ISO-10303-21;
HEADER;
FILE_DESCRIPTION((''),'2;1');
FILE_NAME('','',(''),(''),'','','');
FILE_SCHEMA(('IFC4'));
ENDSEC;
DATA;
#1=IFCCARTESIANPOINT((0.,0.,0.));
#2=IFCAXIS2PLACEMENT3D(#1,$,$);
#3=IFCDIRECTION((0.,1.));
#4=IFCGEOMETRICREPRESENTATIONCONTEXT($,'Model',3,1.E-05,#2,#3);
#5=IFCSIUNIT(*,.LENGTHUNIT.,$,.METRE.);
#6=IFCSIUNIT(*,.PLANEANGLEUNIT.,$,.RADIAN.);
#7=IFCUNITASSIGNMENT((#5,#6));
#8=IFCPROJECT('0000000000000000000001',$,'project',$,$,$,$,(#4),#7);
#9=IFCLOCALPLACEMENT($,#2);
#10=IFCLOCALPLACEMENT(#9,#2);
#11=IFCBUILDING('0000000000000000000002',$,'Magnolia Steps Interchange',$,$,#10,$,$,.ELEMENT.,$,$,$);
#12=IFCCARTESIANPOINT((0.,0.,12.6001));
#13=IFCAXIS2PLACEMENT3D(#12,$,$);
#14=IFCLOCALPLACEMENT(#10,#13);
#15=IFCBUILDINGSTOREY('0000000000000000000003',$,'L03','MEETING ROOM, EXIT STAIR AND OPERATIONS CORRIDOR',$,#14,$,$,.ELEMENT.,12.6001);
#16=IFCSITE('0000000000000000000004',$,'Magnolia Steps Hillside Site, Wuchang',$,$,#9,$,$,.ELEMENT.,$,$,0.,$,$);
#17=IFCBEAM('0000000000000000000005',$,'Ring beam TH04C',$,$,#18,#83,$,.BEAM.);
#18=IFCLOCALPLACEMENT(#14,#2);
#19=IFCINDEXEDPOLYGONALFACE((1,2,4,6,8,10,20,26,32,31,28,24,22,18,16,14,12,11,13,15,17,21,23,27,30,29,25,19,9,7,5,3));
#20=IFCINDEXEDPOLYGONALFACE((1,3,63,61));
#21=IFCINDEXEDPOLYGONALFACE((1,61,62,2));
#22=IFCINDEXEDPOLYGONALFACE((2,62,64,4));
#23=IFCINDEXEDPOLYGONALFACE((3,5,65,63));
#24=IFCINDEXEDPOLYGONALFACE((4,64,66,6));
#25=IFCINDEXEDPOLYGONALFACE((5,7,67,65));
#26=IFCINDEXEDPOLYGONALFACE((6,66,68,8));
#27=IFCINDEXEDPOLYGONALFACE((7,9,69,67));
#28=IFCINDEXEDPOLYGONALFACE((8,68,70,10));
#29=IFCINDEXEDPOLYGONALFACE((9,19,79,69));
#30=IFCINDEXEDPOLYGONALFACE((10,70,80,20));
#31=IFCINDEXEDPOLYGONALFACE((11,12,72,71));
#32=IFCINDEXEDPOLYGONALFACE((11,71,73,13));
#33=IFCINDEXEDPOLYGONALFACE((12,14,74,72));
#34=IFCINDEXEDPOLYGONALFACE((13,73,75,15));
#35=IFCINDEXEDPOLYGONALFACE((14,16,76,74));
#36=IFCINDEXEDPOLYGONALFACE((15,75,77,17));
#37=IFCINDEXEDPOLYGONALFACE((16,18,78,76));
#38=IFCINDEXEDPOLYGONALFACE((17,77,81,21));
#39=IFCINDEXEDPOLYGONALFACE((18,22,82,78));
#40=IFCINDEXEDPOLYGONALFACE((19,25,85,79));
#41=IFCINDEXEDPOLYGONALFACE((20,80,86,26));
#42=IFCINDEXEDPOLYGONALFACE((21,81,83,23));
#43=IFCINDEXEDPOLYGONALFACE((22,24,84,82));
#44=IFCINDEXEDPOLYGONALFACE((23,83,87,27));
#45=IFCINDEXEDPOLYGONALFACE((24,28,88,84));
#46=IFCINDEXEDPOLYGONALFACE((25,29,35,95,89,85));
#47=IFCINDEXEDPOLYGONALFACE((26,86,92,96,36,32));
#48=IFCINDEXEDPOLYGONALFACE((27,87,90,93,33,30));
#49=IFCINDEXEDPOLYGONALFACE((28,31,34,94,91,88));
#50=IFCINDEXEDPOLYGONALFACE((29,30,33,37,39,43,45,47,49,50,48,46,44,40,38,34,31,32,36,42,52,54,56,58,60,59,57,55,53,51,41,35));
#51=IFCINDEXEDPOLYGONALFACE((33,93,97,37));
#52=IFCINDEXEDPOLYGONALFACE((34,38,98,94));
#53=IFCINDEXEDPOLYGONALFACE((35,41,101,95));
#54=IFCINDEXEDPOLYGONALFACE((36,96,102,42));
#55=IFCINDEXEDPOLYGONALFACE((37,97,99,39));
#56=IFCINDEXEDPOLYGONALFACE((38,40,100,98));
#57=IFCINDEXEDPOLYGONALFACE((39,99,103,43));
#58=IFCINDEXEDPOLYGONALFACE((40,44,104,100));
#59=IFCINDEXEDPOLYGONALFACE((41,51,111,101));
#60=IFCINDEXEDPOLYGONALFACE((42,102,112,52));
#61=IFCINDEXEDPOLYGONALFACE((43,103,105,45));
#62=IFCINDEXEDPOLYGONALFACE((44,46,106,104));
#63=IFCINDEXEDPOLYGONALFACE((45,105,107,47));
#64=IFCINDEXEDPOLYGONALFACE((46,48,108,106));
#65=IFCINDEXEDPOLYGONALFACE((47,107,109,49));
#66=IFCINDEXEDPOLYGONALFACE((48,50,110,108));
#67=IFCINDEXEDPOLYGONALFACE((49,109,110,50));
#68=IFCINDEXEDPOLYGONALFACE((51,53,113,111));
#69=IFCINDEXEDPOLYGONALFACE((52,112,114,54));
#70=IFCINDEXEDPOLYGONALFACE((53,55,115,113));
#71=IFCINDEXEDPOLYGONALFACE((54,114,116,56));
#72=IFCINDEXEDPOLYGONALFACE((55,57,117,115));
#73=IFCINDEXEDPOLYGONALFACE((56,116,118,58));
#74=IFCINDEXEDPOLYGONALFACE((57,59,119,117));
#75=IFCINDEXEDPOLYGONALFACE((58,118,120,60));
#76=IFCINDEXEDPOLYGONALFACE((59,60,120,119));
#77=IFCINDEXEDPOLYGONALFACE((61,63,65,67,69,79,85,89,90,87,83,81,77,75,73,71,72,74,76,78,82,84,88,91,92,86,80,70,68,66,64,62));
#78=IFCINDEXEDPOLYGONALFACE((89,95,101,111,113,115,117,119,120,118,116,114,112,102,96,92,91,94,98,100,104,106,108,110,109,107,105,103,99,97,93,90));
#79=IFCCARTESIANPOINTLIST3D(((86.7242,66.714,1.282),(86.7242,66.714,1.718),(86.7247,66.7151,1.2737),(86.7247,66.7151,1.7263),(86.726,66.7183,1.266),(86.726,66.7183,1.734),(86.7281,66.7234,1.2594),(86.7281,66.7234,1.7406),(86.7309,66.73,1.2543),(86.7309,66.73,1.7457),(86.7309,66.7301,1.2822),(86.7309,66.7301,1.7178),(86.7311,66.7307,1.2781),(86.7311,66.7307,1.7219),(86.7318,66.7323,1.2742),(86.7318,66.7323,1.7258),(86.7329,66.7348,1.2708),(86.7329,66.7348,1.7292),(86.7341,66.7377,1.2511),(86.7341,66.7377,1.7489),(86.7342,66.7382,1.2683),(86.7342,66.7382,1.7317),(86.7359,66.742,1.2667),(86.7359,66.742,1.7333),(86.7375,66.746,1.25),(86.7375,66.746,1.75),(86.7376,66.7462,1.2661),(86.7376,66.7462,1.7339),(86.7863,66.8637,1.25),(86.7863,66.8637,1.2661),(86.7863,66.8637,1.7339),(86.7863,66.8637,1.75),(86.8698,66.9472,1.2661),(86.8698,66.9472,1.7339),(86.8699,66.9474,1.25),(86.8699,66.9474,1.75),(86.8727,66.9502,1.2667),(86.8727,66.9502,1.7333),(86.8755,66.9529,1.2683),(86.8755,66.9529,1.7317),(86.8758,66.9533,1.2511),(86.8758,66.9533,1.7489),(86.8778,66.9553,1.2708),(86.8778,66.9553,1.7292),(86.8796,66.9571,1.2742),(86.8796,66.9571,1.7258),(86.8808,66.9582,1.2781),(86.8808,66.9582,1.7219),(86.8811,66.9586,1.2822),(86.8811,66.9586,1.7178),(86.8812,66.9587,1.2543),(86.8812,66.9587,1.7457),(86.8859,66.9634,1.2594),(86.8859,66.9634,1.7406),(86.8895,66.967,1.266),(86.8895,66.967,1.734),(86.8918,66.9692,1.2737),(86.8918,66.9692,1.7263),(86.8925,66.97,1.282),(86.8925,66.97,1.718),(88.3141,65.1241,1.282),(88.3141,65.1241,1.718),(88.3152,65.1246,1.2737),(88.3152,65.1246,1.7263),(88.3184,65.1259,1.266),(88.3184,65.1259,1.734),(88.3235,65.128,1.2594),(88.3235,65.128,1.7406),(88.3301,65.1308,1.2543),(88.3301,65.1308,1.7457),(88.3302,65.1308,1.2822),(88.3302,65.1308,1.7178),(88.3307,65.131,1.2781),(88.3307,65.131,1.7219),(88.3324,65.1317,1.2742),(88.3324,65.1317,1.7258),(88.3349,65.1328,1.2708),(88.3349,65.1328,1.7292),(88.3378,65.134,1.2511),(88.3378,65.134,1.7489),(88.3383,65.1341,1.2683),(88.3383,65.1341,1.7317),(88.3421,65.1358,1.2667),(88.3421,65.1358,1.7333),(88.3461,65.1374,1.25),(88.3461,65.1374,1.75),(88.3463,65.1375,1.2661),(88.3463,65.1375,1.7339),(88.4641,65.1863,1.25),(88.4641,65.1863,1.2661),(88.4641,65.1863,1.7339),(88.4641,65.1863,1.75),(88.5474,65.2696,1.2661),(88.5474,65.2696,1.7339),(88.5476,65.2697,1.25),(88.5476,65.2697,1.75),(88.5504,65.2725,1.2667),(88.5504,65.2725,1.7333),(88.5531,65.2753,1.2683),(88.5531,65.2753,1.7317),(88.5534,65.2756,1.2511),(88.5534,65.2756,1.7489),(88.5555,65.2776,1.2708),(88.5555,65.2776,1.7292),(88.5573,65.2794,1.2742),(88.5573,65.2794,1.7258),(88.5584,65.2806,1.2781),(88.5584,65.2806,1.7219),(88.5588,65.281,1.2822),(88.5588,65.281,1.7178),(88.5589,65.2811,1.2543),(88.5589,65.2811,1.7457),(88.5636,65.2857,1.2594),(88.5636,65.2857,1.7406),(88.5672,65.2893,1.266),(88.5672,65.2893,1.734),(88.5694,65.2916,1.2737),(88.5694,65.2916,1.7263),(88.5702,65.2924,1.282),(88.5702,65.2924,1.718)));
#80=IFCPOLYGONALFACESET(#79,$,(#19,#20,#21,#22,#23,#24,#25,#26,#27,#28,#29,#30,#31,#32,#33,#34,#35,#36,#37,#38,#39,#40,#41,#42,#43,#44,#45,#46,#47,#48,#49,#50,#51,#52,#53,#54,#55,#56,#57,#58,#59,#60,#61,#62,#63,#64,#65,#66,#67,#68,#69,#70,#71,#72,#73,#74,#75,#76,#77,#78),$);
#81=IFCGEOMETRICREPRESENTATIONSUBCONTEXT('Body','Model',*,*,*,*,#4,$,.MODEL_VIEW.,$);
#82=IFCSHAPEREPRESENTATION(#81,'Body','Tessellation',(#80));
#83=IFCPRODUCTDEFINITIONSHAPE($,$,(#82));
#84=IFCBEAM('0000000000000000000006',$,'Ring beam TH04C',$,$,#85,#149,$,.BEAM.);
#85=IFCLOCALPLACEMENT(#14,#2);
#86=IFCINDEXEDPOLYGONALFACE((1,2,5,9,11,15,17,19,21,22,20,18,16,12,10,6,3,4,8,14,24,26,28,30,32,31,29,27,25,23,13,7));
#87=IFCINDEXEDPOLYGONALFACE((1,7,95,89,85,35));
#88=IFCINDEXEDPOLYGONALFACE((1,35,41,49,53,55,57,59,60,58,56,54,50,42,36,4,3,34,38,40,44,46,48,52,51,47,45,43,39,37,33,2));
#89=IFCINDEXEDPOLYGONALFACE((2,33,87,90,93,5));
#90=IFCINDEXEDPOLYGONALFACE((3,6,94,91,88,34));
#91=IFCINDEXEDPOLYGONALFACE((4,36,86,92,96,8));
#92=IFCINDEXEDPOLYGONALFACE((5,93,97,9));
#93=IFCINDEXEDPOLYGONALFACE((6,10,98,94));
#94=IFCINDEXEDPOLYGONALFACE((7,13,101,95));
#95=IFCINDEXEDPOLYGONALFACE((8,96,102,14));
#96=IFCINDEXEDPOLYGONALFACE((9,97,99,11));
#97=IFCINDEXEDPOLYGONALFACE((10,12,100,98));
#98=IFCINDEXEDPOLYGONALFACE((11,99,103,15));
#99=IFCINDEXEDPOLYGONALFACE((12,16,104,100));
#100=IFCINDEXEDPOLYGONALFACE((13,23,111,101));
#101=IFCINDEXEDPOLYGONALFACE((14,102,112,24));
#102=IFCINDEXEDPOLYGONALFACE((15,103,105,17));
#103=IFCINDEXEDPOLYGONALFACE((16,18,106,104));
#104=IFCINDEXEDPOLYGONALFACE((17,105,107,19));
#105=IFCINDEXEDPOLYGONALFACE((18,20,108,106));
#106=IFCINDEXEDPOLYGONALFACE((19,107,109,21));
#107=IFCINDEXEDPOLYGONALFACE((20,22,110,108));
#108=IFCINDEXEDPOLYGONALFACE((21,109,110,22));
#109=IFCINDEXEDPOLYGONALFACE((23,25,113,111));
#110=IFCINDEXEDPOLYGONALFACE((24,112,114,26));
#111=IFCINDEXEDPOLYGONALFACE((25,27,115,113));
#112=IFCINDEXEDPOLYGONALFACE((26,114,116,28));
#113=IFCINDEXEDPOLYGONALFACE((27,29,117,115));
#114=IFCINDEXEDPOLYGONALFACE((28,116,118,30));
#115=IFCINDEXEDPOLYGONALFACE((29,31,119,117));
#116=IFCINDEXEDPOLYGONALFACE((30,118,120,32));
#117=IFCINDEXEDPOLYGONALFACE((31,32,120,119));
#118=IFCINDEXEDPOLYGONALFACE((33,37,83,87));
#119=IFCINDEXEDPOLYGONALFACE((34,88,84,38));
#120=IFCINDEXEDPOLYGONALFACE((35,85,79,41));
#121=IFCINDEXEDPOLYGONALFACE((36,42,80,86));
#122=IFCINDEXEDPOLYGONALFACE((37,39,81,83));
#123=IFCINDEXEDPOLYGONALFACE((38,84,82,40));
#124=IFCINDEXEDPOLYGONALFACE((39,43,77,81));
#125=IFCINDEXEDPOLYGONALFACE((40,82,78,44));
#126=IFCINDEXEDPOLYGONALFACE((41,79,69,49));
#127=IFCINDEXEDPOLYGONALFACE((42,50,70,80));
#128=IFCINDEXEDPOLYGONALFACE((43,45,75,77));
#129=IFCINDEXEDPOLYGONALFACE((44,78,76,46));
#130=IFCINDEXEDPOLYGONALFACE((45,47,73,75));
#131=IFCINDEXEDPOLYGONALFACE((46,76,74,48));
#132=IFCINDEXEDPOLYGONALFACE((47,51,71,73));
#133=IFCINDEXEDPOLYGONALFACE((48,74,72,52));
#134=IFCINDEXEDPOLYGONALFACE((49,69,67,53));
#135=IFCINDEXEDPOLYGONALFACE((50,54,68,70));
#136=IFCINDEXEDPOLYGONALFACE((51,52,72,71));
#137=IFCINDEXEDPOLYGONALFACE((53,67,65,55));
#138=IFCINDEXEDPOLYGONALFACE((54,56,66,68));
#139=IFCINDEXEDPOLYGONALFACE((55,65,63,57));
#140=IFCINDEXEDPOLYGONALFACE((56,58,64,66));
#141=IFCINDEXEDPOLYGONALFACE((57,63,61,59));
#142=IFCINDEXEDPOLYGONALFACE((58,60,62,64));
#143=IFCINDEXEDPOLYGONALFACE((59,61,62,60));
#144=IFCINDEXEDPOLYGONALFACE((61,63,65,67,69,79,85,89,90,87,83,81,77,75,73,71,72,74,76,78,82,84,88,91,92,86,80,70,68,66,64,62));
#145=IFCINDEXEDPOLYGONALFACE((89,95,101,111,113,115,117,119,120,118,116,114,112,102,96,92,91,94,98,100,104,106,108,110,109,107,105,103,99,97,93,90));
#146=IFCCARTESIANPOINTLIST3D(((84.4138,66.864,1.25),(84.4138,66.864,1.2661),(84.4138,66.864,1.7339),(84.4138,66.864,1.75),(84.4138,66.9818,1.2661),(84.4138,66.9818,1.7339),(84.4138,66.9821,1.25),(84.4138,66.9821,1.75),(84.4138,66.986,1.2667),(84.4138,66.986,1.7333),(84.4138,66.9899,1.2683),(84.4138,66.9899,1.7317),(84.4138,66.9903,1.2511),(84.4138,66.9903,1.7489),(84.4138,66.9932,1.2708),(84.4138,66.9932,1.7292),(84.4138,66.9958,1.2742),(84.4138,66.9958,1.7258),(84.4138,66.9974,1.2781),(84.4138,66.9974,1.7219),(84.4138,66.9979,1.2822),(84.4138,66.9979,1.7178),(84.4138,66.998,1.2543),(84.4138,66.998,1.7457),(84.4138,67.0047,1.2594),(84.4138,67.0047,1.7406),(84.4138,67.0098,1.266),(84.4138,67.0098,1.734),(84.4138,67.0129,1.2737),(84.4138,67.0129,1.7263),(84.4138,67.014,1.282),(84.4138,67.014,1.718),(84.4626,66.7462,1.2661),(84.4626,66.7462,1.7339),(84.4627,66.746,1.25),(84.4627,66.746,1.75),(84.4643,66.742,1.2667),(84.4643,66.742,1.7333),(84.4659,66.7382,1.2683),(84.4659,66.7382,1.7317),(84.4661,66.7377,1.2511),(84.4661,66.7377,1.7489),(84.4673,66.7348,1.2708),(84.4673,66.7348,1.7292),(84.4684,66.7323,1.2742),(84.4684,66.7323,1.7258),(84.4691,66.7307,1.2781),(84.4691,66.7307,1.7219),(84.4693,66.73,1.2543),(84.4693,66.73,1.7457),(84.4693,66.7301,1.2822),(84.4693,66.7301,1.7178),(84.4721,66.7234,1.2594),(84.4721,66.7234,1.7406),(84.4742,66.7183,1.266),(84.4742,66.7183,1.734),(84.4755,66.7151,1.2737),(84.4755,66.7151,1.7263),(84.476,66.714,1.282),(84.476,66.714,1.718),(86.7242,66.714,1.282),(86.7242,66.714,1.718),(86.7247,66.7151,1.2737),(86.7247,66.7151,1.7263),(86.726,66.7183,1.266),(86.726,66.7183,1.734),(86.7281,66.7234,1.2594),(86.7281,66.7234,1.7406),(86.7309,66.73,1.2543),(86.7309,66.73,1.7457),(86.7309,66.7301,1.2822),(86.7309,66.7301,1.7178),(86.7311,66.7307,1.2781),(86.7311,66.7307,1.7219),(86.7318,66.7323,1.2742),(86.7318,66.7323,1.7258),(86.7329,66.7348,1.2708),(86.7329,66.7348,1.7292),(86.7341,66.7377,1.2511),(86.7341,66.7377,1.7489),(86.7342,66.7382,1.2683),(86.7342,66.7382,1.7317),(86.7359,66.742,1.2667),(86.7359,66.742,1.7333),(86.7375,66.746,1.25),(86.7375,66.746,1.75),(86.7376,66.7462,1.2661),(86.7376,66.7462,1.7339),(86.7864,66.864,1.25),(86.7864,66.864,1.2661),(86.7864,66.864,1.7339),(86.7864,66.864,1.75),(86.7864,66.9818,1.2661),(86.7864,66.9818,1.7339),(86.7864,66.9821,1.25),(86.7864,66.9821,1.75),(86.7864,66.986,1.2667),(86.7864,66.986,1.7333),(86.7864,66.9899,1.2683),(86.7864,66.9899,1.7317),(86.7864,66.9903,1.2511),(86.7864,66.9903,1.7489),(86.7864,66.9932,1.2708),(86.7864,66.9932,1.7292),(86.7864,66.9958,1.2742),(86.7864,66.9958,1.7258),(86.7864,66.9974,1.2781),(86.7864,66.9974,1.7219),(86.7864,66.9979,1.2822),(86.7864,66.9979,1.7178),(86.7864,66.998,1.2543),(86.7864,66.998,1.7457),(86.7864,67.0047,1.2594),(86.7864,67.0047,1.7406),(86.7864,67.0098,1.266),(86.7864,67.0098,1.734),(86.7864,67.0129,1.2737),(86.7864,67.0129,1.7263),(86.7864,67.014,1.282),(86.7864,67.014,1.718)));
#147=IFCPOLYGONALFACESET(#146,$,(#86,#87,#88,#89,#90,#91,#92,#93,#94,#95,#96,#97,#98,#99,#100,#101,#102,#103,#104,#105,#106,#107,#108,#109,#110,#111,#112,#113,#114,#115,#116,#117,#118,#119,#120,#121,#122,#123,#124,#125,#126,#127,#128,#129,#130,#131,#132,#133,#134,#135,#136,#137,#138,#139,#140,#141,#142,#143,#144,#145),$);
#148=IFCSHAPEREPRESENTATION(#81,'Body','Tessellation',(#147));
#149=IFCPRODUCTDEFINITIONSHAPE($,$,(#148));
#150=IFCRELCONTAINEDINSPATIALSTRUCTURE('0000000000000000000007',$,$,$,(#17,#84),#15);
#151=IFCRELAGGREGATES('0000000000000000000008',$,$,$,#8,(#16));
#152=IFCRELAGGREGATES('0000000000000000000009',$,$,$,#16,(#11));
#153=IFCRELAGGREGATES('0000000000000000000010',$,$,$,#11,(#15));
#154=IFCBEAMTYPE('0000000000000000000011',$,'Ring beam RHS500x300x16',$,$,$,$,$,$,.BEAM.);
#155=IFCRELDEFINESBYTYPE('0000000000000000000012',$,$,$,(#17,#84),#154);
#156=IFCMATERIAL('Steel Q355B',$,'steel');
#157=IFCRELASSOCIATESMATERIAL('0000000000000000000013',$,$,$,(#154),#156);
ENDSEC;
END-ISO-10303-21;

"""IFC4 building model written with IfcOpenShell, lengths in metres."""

from ifc_helpers import new_model, si_unit, direction, frame, origin, origin_2d, place, context, subcontext, project, spatial, hollow_rectangle, extrude, clip, halfspace, material, material_profile, profile_set, type_object, element, save


model = new_model("IFC4")

# Units and contexts
model_context = context("Model", 3, precision=1e-05, world=origin(), true_north=direction((0.0, 1.0)))
body_context = subcontext(model_context, "Body", "Model", "MODEL_VIEW")
ifc_project = project(units=[si_unit("LENGTHUNIT", "METRE"), si_unit("PLANEANGLEUNIT", "RADIAN")], contexts=[model_context])

# Site, building, storey
site_placement = place(None, origin())
site = spatial("IfcSite", under=ifc_project, at=site_placement, Name="Magnolia Steps Hillside Site, Wuchang", CompositionType="ELEMENT", RefElevation=0.0)
building_placement = place(site_placement, origin())
building = spatial("IfcBuilding", under=site, at=building_placement, Name="Magnolia Steps Interchange", CompositionType="ELEMENT")
storey_placement = place(building_placement, frame((0.0, 0.0, 12.6001)))
storey = spatial("IfcBuildingStorey", under=building, at=storey_placement, Name="L03", Description="MEETING ROOM, EXIT STAIR AND OPERATIONS CORRIDOR", CompositionType="ELEMENT", Elevation=12.6001)

# Beams
ifc_material_1 = material(Name="Steel Q355B", Category="steel")
ifc_material_profile_1 = material_profile(ifc_material_1, hollow_rectangle(XDim=0.3, YDim=0.5, WallThickness=0.0161, InnerFilletRadius=0.0161, OuterFilletRadius=0.032, at=origin_2d()), Name="RHS500x300x16")
ifc_profile_set_1 = profile_set([ifc_material_profile_1], Name="Steel Q355B")
beam_type_1 = type_object("IfcBeamType", Name="Ring beam RHS500x300x16", PredefinedType="BEAM", material=ifc_profile_set_1)
beam_1_placement = place(storey_placement, frame((88.4641, 65.1863, 1.5), z_axis=(-0.707107, 0.707107, 0.0), x_axis=(-0.707107, -0.707107, 0.0)))
element("IfcBeam", 1, at=beam_1_placement, inside=storey, type_object=beam_type_1, Name="Ring beam TH04C", PredefinedType="BEAM", context=body_context, shape_type="Clipping", body=[
    clip(clip(extrude(hollow_rectangle(XDim=0.3, YDim=0.5, WallThickness=0.0161, InnerFilletRadius=0.0161, OuterFilletRadius=0.032, at=origin_2d()), origin(), (0.0, 0.0, 1.0), 2.3726), halfspace(frame((0.0, 0.0, 0.0), z_axis=(0.382683, 0.0, -0.92388), x_axis=(0.92388, 0.0, 0.382683)), False)), halfspace(frame((0.0, 0.0, 2.3727), z_axis=(0.382683, 0.0, 0.92388), x_axis=(0.92388, 0.0, -0.382683)), False)),
])
beam_2_placement = place(storey_placement, frame((86.7864, 66.864, 1.5), z_axis=(-1.0, 0.0, 0.0), x_axis=(0.0, -1.0, 0.0)))
element("IfcBeam", 2, at=beam_2_placement, inside=storey, type_object=beam_type_1, Name="Ring beam TH04C", PredefinedType="BEAM", context=body_context, shape_type="Clipping", body=[
    clip(clip(extrude(hollow_rectangle(XDim=0.3, YDim=0.5, WallThickness=0.0161, InnerFilletRadius=0.0161, OuterFilletRadius=0.032, at=origin_2d()), origin(), (0.0, 0.0, 1.0), 2.3726), halfspace(frame((0.0, 0.0, 0.0), z_axis=(0.382683, 0.0, -0.92388), x_axis=(0.92388, 0.0, 0.382683)), False)), halfspace(frame((0.0, 0.0, 2.3726), z_axis=(0.382683, 0.0, 0.92388), x_axis=(0.92388, 0.0, -0.382683)), False)),
])

save(model, "model.ifc")
